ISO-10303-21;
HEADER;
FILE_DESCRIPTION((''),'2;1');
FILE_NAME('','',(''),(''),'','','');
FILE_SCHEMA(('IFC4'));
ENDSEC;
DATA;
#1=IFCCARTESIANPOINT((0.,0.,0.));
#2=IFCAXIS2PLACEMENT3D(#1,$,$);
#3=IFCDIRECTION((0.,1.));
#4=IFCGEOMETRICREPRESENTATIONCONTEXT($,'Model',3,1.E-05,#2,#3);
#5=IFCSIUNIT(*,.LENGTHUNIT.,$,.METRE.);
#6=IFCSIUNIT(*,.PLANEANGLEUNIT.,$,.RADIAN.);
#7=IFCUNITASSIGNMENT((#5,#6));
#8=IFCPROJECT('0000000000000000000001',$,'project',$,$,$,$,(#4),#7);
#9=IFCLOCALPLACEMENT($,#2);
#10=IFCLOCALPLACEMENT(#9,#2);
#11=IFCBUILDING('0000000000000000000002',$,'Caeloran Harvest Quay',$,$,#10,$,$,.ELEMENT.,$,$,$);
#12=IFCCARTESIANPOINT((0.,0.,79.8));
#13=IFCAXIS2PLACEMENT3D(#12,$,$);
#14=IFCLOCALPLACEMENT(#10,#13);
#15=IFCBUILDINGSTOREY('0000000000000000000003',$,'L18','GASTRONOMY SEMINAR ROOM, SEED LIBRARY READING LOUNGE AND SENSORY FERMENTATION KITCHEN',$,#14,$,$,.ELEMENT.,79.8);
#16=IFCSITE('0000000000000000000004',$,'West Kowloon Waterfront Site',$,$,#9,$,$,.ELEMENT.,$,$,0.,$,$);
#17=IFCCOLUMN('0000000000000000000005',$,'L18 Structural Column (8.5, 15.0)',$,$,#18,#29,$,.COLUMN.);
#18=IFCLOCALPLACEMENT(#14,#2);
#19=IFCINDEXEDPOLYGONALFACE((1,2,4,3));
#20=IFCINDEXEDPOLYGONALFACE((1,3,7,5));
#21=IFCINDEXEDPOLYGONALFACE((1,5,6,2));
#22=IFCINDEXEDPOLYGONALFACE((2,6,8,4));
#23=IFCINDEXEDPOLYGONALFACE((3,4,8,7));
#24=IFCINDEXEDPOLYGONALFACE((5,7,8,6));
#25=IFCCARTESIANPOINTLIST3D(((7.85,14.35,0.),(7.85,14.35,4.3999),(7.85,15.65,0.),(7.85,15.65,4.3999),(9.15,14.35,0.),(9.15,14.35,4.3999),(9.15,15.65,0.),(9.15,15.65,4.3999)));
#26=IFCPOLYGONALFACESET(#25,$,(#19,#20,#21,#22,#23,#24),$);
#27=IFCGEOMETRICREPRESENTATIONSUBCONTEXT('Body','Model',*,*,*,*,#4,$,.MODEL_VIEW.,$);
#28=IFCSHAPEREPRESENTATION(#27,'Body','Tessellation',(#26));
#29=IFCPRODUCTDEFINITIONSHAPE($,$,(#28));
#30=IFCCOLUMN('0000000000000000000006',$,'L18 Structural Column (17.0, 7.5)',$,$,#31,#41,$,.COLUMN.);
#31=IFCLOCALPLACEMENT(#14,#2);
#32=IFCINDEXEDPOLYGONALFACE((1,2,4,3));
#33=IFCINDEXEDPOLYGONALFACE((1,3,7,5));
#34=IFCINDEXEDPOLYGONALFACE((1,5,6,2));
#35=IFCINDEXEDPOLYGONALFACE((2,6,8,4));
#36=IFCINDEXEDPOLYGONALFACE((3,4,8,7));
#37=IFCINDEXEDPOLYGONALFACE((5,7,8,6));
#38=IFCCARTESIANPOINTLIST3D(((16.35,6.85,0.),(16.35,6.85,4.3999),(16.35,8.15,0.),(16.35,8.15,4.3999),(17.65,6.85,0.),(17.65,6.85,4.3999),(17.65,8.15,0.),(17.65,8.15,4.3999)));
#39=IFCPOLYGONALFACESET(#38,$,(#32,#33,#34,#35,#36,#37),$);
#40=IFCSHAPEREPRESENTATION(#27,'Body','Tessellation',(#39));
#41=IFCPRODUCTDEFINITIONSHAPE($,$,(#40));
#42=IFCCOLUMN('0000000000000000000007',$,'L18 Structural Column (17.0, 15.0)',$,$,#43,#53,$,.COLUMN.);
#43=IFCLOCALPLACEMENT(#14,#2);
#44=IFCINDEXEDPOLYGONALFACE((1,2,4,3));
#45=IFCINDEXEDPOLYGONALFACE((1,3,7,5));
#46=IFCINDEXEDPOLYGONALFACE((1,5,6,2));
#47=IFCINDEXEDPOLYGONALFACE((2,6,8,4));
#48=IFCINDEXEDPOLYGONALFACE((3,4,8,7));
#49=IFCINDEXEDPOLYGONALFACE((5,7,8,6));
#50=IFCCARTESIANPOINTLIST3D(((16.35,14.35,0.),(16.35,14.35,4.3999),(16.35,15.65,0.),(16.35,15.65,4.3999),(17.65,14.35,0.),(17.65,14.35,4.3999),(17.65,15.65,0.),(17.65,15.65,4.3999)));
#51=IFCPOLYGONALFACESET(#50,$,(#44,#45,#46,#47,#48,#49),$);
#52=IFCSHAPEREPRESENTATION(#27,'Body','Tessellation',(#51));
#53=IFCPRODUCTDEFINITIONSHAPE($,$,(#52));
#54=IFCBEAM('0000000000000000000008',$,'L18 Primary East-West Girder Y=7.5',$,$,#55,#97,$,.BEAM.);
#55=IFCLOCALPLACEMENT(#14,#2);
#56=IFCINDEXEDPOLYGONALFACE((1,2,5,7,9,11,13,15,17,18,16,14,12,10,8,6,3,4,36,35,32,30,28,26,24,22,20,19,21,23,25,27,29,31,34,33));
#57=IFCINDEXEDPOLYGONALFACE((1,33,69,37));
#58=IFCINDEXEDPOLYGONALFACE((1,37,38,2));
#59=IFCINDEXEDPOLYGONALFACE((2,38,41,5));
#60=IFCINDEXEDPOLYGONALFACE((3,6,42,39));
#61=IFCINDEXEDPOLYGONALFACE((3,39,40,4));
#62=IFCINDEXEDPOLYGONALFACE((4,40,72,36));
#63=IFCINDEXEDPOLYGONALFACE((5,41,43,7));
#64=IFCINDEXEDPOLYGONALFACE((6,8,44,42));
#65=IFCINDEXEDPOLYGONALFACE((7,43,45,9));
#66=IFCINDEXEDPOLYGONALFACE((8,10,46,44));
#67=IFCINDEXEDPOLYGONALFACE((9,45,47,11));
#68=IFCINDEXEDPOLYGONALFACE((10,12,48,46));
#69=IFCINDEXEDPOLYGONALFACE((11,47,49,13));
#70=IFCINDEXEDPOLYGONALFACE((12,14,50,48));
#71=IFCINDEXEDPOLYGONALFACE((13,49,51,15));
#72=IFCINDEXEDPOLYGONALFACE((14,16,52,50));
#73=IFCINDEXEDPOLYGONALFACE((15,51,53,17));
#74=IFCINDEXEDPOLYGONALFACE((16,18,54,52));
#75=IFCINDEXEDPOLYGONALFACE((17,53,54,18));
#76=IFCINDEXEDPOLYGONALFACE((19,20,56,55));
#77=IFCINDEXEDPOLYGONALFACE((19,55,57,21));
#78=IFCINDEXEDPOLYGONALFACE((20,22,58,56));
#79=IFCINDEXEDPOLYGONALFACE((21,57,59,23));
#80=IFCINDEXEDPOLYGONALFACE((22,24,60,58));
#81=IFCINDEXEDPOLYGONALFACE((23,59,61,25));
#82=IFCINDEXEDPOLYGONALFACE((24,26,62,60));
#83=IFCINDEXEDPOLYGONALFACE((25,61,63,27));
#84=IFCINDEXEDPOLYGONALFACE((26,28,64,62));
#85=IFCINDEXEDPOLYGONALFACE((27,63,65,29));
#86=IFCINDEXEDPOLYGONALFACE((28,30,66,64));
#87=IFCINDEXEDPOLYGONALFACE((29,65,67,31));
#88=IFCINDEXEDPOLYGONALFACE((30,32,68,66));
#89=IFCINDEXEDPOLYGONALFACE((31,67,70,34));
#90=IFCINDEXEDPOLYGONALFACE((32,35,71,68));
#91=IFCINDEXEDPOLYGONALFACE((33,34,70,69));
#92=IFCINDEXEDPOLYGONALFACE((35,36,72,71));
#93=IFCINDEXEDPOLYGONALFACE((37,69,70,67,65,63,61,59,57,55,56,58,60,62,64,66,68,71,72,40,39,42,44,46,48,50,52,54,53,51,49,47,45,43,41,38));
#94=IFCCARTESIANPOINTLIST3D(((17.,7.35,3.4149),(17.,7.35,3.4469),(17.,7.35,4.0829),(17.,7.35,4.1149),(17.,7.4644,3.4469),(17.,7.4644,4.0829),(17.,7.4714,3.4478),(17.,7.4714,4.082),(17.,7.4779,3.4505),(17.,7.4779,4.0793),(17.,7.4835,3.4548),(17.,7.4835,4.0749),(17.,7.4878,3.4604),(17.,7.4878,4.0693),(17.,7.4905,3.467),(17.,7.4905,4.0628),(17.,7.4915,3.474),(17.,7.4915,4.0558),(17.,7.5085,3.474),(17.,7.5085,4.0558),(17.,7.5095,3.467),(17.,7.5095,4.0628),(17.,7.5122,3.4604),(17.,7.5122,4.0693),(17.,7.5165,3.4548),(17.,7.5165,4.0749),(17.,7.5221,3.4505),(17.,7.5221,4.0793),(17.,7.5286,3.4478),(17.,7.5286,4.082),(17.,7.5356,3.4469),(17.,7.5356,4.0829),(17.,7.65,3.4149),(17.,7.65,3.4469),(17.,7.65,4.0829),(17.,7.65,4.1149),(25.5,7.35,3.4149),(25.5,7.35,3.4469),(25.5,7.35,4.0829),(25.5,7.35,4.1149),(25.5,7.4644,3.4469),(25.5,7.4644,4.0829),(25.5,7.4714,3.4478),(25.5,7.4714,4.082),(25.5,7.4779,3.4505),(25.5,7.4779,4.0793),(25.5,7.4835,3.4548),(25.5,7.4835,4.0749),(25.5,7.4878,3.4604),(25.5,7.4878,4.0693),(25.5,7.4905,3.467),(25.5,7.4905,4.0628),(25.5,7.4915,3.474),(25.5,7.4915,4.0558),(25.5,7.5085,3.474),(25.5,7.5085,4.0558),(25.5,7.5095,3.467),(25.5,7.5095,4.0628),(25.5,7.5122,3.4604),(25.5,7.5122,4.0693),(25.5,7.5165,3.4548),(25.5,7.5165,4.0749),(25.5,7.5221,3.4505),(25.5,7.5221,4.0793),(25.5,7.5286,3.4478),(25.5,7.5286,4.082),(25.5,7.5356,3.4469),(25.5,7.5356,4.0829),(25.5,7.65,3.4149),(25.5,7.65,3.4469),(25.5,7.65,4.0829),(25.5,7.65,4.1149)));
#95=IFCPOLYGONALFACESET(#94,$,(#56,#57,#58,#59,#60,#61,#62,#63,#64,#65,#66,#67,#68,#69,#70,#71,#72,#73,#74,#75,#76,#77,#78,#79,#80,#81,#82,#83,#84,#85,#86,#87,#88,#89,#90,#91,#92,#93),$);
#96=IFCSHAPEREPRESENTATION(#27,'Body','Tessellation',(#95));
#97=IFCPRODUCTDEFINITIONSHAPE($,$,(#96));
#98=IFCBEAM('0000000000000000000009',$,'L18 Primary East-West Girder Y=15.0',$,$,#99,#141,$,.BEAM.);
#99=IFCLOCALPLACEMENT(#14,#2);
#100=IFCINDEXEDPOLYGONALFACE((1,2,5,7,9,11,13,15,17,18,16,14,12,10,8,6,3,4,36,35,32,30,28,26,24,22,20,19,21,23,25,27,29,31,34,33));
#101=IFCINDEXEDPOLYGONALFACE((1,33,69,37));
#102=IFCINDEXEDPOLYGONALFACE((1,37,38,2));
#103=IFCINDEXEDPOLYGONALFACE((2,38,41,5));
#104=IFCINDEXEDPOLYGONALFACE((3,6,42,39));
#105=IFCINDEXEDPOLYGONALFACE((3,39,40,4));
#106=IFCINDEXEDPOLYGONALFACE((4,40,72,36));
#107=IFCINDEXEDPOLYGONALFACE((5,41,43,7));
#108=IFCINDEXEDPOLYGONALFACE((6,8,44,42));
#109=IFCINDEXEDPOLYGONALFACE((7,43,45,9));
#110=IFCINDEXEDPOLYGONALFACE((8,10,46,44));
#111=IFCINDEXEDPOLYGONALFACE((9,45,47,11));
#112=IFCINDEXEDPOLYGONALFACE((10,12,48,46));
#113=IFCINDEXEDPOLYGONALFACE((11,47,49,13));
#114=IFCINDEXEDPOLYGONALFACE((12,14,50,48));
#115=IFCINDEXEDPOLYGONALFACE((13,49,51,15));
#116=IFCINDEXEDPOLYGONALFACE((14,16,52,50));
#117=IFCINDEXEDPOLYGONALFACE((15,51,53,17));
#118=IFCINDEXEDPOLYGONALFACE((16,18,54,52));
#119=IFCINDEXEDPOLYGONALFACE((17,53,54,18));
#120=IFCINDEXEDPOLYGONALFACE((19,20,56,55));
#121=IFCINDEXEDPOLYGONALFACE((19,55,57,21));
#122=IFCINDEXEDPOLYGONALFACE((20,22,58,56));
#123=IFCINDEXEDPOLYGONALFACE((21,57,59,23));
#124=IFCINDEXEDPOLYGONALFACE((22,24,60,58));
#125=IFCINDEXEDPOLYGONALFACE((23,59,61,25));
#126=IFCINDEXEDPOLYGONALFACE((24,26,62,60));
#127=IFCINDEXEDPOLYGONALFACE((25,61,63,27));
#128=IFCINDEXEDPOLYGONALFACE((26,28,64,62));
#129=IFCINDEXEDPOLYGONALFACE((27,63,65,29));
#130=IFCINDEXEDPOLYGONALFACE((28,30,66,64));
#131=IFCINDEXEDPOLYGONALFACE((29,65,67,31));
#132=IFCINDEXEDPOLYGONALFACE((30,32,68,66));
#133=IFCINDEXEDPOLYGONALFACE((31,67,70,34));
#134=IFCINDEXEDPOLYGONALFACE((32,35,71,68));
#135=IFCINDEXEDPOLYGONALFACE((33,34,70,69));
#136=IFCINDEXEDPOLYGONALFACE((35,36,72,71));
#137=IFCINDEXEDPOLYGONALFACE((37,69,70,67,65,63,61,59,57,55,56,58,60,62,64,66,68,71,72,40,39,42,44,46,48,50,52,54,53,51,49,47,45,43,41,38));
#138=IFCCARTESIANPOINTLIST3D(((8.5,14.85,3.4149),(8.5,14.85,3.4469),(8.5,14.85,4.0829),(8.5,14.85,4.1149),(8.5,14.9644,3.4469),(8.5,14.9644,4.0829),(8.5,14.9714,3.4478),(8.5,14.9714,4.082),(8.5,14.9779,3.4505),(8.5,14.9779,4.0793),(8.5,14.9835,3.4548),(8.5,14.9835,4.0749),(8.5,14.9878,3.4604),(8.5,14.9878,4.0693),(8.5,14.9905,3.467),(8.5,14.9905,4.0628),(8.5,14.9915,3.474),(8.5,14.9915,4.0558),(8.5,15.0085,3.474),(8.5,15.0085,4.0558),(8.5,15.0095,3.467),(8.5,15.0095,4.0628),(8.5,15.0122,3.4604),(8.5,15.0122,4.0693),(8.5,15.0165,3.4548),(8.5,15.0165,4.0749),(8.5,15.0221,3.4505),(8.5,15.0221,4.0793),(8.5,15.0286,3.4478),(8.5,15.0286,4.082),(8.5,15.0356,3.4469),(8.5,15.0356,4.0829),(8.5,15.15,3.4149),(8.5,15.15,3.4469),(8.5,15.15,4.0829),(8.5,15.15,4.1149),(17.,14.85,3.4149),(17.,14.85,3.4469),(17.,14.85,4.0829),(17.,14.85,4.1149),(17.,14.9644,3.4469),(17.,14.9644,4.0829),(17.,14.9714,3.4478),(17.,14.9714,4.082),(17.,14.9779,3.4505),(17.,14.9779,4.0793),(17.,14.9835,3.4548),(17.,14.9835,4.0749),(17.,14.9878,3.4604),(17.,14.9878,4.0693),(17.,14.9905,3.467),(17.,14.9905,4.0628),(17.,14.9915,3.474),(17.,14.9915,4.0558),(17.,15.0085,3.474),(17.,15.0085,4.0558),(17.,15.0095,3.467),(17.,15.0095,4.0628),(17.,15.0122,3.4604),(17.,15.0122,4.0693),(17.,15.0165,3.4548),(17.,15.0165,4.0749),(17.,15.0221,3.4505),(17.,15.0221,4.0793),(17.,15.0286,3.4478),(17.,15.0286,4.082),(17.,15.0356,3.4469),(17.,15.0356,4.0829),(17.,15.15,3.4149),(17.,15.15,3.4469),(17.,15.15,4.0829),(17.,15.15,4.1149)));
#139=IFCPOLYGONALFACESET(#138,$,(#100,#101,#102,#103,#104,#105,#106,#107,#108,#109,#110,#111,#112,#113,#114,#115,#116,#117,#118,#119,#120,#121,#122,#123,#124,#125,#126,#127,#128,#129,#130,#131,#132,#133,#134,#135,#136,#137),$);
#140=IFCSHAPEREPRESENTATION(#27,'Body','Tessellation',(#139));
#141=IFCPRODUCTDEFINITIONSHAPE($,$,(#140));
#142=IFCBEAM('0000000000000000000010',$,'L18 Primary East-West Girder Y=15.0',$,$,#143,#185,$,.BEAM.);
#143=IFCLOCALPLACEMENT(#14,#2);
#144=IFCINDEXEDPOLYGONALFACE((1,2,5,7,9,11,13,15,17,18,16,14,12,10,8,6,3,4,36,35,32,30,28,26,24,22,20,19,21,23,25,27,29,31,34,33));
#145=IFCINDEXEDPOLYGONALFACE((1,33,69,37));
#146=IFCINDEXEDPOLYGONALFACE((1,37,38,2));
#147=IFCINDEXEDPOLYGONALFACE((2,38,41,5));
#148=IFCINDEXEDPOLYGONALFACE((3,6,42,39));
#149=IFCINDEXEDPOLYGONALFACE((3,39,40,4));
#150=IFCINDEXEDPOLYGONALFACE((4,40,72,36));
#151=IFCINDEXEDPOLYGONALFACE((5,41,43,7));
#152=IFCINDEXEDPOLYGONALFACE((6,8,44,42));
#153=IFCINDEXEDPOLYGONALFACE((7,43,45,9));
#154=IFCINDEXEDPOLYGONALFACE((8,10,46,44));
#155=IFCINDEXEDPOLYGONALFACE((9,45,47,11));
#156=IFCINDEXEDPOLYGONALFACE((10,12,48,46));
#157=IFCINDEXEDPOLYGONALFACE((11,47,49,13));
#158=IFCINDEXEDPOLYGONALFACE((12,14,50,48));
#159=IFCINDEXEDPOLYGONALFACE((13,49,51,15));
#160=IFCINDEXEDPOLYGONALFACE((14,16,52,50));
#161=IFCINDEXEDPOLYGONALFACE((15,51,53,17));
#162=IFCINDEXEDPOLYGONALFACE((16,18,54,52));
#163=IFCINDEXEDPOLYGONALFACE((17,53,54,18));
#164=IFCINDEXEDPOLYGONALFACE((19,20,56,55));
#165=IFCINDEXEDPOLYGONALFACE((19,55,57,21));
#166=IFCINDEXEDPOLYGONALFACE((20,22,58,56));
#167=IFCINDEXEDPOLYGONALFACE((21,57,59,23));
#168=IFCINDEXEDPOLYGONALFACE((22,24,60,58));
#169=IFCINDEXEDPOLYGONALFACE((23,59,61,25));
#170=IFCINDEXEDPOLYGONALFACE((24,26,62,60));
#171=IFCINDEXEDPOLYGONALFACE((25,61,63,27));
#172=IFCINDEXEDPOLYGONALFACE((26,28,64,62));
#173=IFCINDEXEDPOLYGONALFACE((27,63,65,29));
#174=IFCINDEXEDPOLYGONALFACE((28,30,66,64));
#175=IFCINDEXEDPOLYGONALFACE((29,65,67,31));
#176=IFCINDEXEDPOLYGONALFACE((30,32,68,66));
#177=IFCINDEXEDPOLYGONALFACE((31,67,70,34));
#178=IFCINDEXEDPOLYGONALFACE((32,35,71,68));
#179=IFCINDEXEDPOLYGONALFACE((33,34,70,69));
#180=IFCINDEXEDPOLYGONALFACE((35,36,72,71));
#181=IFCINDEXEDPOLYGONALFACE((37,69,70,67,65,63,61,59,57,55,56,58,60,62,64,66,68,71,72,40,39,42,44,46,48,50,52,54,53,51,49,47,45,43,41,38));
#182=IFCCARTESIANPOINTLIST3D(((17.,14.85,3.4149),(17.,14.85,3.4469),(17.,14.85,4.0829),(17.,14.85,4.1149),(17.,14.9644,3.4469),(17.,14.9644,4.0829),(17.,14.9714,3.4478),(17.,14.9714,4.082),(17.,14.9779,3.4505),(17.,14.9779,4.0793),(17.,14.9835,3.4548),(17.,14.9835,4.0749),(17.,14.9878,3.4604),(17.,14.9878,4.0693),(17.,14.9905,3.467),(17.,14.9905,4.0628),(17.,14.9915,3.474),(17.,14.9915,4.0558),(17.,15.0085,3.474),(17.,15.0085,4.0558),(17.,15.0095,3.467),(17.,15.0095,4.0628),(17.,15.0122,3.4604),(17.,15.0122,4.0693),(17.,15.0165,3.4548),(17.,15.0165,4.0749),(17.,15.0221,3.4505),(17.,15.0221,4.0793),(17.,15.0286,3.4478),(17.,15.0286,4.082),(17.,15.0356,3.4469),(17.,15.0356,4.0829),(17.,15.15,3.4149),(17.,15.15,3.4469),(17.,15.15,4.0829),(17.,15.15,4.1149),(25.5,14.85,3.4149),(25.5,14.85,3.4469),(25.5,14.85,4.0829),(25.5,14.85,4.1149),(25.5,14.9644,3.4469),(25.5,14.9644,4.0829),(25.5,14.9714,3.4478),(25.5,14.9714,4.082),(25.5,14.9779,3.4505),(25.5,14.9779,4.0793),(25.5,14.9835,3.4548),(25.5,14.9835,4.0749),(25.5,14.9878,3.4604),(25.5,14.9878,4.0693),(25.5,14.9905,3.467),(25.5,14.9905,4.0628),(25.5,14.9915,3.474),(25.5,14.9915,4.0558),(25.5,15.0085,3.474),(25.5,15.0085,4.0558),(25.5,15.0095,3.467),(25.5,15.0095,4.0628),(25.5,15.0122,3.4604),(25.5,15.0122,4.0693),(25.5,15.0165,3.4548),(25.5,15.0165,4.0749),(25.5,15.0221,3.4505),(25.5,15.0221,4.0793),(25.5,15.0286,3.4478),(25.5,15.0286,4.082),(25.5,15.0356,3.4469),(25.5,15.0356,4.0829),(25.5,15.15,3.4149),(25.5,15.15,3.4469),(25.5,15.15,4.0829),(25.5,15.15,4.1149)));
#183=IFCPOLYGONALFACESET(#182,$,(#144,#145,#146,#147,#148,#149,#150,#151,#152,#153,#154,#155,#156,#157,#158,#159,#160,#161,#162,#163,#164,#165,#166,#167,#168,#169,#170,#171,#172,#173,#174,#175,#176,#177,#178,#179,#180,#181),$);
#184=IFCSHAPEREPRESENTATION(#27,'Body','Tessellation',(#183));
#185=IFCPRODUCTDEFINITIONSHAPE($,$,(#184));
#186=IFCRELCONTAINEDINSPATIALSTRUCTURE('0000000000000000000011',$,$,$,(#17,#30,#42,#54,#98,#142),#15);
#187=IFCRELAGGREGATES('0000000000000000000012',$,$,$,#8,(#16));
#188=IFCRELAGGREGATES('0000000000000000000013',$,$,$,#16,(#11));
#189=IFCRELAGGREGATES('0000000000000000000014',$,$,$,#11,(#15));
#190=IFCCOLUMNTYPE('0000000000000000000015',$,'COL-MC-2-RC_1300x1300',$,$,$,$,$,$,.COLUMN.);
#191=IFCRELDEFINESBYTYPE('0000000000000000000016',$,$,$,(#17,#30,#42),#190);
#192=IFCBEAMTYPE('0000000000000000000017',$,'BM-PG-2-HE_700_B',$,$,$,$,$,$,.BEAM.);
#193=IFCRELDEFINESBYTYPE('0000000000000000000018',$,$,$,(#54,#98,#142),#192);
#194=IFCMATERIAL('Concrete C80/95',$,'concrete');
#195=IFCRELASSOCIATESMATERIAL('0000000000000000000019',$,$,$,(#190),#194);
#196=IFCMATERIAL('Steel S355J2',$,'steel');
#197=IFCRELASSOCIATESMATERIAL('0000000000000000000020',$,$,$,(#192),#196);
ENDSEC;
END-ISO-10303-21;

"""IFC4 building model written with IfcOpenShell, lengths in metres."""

from ifc_helpers import new_model, si_unit, direction, frame, origin, origin_2d, place, context, subcontext, project, spatial, rectangle, i_section, extrude, material, material_profile, profile_set, type_object, element, save


model = new_model("IFC4")

# Units and contexts
model_context = context("Model", 3, precision=1e-05, world=origin(), true_north=direction((0.0, 1.0)))
body_context = subcontext(model_context, "Body", "Model", "MODEL_VIEW")
ifc_project = project(units=[si_unit("LENGTHUNIT", "METRE"), si_unit("PLANEANGLEUNIT", "RADIAN")], contexts=[model_context])

# Site, building, storey
site_placement = place(None, origin())
site = spatial("IfcSite", under=ifc_project, at=site_placement, Name="West Kowloon Waterfront Site", CompositionType="ELEMENT", RefElevation=0.0)
building_placement = place(site_placement, origin())
building = spatial("IfcBuilding", under=site, at=building_placement, Name="Caeloran Harvest Quay", CompositionType="ELEMENT")
storey_placement = place(building_placement, frame((0.0, 0.0, 79.8)))
storey = spatial("IfcBuildingStorey", under=building, at=storey_placement, Name="L18", Description="GASTRONOMY SEMINAR ROOM, SEED LIBRARY READING LOUNGE AND SENSORY FERMENTATION KITCHEN", CompositionType="ELEMENT", Elevation=79.8)

# Columns
ifc_material_1 = material(Name="Concrete C80/95", Category="concrete")
ifc_material_profile_1 = material_profile(ifc_material_1, rectangle(XDim=1.3, YDim=1.3, at=origin_2d()), Name="RC 1300x1300")
ifc_profile_set_1 = profile_set([ifc_material_profile_1], Name="Concrete C80/95")
column_type = type_object("IfcColumnType", Name="COL-MC-2-RC_1300x1300", PredefinedType="COLUMN", material=ifc_profile_set_1)
for number, where, z_axis, x_axis, name in (
    (1, (8.5, 15.0, 0.0), (0.0, 0.0, 1.0), (1.0, 0.0, 0.0), "L18 Structural Column (8.5, 15.0)"),
    (2, (17.0, 7.5, 0.0), (0.0, 0.0, 1.0), (1.0, 0.0, 0.0), "L18 Structural Column (17.0, 7.5)"),
    (3, (17.0, 15.0, 0.0), (0.0, 0.0, 1.0), (1.0, 0.0, 0.0), "L18 Structural Column (17.0, 15.0)"),
):
    element("IfcColumn", number, at=place(storey_placement, frame(where, z_axis=z_axis, x_axis=x_axis)), inside=storey, type_object=column_type, Name=name, PredefinedType="COLUMN", context=body_context, shape_type="SweptSolid", body=[
        extrude(rectangle(XDim=1.3, YDim=1.3, at=origin_2d()), origin(), (0.0, 0.0, 1.0), 4.3999),
    ])

# Beams
ifc_material_2 = material(Name="Steel S355J2", Category="steel")
ifc_material_profile_2 = material_profile(ifc_material_2, i_section(OverallWidth=0.3, OverallDepth=0.7, WebThickness=0.0171, FlangeThickness=0.032, FilletRadius=0.0271, at=origin_2d()), Name="HE 700 B")
ifc_profile_set_2 = profile_set([ifc_material_profile_2], Name="Steel S355J2")
beam_type_1 = type_object("IfcBeamType", Name="BM-PG-2-HE_700_B", PredefinedType="BEAM", material=ifc_profile_set_2)
for number, where, z_axis, x_axis, name in (
    (4, (17.0, 7.5, 3.7649), (1.0, 0.0, 0.0), (0.0, 1.0, 0.0), "L18 Primary East-West Girder Y=7.5"),
    (5, (8.5, 15.0, 3.7649), (1.0, 0.0, 0.0), (0.0, 1.0, 0.0), "L18 Primary East-West Girder Y=15.0"),
    (6, (17.0, 15.0, 3.7649), (1.0, 0.0, 0.0), (0.0, 1.0, 0.0), "L18 Primary East-West Girder Y=15.0"),
):
    element("IfcBeam", number, at=place(storey_placement, frame(where, z_axis=z_axis, x_axis=x_axis)), inside=storey, type_object=beam_type_1, Name=name, PredefinedType="BEAM", context=body_context, shape_type="SweptSolid", body=[
        extrude(i_section(OverallWidth=0.3, OverallDepth=0.7, WebThickness=0.0171, FlangeThickness=0.032, FilletRadius=0.0271, at=origin_2d()), origin(), (0.0, 0.0, 1.0), 8.5),
    ])

save(model, "model.ifc")
